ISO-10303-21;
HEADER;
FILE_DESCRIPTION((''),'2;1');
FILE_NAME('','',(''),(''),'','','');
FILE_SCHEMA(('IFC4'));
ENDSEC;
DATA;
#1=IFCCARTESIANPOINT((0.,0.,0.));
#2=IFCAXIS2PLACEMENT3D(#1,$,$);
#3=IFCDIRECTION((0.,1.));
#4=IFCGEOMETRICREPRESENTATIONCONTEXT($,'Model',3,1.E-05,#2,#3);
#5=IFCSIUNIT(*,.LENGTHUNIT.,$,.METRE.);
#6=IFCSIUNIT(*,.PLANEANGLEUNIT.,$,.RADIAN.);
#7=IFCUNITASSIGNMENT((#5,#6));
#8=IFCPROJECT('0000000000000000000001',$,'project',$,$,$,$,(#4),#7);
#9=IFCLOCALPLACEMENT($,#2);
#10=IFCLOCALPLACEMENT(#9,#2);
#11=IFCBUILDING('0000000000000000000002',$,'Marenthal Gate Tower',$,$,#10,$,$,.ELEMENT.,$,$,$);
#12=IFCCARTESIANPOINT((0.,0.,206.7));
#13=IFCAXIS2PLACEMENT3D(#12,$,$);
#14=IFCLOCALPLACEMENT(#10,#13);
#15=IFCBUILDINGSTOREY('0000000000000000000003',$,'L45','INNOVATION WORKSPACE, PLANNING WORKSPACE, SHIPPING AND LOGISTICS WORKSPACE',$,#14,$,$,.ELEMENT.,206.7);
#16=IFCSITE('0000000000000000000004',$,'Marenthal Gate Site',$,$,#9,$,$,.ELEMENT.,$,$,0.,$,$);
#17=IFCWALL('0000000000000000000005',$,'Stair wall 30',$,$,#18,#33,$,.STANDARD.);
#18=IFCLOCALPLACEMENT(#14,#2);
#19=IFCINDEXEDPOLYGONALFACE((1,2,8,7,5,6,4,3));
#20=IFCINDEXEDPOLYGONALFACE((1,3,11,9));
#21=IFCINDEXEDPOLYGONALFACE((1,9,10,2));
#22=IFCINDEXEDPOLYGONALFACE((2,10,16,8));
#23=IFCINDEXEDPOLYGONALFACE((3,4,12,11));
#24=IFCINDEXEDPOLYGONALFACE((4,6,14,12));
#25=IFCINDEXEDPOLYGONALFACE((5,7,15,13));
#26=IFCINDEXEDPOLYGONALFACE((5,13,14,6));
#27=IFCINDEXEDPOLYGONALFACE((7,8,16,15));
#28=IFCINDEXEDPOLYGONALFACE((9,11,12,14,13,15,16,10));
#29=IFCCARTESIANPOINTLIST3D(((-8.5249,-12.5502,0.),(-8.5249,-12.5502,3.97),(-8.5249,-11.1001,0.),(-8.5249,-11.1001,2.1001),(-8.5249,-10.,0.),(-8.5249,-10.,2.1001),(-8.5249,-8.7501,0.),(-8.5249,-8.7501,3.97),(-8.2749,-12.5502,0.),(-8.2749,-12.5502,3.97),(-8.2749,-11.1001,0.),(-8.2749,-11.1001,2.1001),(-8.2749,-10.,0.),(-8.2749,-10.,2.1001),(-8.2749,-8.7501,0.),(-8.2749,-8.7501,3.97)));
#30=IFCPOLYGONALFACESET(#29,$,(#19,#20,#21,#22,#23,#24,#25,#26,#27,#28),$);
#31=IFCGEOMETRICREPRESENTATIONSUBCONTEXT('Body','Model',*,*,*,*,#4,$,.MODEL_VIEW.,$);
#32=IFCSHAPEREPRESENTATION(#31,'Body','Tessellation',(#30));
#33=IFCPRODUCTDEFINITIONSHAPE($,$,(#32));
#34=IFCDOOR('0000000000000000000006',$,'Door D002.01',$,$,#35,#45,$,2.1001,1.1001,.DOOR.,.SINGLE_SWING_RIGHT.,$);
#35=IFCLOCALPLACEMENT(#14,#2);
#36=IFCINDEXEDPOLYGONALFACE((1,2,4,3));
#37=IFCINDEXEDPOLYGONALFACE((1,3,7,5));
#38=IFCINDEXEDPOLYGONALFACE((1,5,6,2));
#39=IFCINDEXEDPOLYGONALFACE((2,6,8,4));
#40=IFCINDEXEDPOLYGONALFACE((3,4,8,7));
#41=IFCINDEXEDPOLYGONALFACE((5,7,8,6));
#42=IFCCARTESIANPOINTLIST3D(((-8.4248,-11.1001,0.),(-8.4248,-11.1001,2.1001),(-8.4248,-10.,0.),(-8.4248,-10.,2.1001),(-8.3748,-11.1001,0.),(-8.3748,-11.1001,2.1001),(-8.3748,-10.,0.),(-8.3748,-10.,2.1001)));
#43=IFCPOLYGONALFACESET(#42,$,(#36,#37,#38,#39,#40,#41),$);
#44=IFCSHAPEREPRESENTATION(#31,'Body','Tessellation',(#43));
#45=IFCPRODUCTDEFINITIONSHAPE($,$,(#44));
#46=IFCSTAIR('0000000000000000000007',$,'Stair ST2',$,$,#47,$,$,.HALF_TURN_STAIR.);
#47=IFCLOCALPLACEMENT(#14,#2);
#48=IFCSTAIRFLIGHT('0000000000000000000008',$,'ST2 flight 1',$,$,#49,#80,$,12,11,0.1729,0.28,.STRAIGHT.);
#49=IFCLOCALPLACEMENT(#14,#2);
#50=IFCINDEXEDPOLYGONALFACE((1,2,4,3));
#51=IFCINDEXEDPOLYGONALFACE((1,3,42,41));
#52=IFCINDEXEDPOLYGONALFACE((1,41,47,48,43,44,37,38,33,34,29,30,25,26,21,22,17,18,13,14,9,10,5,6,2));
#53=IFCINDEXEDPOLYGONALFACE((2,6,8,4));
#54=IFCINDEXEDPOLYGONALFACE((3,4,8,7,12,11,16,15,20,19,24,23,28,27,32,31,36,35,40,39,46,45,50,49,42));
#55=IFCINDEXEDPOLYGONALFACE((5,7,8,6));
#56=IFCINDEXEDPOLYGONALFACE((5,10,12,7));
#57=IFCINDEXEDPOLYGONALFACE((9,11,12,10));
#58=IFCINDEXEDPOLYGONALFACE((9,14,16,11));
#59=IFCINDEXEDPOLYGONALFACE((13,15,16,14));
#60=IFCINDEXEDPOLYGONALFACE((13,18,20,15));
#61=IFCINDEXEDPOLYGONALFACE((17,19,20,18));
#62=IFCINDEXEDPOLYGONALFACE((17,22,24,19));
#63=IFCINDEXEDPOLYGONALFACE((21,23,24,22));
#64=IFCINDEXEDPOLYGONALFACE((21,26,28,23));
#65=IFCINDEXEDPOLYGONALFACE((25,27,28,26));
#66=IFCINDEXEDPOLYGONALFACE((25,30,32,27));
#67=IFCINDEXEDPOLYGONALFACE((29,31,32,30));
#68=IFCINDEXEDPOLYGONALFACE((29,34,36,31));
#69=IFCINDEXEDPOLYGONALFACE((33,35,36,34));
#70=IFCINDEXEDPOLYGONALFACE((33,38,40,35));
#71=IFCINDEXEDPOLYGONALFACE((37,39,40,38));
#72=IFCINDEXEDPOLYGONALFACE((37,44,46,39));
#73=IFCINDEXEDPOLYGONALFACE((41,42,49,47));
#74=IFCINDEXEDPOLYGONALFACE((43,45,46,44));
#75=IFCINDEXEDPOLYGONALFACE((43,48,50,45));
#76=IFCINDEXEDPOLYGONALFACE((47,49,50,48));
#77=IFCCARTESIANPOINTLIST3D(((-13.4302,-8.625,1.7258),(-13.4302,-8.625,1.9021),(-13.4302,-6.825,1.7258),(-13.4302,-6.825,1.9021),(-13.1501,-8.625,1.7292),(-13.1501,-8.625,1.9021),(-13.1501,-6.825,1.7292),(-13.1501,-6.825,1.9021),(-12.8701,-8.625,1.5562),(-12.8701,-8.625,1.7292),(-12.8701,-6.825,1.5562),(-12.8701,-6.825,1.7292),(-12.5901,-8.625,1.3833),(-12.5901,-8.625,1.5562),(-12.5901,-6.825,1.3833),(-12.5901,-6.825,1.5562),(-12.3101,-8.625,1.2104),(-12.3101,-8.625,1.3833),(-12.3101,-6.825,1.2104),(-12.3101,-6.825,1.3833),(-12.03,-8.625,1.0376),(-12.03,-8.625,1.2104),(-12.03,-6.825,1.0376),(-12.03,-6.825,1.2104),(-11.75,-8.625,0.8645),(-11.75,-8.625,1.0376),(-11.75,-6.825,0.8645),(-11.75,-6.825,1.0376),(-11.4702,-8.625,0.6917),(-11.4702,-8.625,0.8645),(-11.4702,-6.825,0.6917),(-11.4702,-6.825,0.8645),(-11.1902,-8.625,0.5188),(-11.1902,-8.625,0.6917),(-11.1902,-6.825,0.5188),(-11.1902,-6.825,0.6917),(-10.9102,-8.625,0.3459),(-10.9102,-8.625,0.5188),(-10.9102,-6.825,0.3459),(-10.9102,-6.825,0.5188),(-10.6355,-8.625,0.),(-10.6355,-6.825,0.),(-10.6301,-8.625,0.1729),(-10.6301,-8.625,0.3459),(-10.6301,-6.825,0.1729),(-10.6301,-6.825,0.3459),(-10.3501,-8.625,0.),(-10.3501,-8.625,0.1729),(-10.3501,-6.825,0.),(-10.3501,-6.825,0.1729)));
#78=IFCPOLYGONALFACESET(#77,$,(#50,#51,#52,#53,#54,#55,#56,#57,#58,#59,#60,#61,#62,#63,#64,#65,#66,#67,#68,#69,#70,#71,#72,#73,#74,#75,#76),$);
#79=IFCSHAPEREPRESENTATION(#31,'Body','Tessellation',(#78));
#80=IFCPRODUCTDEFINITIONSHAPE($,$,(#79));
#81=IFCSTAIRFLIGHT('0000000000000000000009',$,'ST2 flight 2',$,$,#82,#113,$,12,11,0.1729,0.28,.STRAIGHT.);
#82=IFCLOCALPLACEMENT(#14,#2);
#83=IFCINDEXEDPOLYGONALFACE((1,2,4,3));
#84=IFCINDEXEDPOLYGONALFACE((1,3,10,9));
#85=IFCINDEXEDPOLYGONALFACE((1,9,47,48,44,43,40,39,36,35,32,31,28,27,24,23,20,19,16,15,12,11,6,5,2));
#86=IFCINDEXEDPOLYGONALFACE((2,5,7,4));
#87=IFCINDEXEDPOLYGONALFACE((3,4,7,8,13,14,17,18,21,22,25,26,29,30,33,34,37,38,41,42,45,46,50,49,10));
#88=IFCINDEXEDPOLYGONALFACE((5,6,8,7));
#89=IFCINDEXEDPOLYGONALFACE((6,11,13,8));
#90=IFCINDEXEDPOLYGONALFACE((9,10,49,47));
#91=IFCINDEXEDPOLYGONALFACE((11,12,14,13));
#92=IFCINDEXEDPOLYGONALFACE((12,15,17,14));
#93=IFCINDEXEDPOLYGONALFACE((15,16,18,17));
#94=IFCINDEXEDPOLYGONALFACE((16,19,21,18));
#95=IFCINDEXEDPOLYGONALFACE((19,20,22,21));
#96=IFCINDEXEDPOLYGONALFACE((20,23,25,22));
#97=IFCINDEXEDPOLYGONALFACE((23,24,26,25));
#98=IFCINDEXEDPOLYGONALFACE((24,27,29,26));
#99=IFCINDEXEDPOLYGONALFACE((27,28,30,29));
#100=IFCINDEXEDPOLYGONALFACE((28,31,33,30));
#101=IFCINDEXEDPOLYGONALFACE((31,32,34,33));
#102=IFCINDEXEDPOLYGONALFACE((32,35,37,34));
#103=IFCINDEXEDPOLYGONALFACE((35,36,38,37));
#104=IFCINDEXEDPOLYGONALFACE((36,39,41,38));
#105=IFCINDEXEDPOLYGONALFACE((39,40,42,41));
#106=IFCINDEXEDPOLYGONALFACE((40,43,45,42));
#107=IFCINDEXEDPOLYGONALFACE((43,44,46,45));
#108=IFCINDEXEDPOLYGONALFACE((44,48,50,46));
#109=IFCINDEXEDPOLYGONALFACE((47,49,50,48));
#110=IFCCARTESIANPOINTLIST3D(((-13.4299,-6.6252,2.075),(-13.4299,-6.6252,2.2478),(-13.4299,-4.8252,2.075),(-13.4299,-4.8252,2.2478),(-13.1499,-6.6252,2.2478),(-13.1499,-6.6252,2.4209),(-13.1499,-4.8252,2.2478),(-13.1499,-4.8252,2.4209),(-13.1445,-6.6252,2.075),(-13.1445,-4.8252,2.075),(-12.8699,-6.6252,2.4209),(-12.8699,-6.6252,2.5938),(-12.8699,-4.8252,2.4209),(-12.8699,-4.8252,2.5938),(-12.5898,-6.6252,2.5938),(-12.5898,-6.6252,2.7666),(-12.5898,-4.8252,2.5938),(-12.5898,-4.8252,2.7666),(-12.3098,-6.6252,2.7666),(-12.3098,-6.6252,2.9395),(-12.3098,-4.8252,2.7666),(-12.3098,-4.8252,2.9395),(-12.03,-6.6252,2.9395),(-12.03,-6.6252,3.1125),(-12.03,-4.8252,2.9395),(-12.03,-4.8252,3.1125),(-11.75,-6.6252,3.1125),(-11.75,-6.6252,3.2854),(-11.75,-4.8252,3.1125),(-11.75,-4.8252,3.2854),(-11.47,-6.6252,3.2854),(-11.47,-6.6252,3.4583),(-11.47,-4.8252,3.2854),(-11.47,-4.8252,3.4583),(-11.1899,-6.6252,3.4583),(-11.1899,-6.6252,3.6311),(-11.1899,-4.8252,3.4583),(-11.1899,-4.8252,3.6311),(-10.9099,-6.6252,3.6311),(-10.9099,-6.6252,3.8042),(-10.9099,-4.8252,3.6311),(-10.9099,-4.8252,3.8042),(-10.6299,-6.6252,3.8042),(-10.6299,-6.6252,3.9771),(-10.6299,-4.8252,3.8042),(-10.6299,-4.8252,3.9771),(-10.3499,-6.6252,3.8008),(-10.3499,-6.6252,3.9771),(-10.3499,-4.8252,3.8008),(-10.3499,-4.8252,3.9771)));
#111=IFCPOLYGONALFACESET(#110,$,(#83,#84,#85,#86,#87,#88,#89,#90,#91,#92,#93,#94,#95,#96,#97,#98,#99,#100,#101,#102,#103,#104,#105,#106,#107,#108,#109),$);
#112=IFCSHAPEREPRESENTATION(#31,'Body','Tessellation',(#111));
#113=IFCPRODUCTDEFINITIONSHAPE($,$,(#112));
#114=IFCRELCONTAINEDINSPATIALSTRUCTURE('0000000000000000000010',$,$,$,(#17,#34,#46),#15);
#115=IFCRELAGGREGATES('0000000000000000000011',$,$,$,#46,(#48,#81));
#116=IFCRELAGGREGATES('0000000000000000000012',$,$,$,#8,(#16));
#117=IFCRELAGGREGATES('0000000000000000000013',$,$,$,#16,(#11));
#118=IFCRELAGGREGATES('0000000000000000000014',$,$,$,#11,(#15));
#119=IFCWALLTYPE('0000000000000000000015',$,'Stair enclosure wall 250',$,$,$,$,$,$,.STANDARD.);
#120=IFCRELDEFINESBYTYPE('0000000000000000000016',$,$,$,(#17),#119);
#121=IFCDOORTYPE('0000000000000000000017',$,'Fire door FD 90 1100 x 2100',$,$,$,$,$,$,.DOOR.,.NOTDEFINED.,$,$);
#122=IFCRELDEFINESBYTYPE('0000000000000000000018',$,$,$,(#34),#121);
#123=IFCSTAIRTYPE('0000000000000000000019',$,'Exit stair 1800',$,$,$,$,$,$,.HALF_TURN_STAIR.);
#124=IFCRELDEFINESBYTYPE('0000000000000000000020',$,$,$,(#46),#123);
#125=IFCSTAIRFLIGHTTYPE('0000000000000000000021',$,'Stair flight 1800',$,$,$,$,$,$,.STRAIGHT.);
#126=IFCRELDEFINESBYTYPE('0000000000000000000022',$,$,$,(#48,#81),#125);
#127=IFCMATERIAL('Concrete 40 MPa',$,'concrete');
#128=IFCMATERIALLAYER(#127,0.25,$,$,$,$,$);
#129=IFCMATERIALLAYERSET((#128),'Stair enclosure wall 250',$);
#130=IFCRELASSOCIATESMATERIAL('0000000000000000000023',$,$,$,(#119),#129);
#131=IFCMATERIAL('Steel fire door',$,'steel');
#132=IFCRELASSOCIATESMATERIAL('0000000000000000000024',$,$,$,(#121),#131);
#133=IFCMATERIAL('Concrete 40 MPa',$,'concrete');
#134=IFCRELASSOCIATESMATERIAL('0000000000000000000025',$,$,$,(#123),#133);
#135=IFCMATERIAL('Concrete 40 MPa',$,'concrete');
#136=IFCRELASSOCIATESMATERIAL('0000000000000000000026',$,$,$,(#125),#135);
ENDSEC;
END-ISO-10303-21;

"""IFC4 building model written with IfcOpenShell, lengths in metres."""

from ifc_helpers import new_model, si_unit, direction, frame, frame_2d, origin, place, context, subcontext, project, spatial, polyline, rectangle, outline, extrude, material, layer, layer_set, type_object, element, fill, aggregate, save


model = new_model("IFC4")

# Units and contexts
model_context = context("Model", 3, precision=1e-05, world=origin(), true_north=direction((0.0, 1.0)))
body_context = subcontext(model_context, "Body", "Model", "MODEL_VIEW")
ifc_project = project(units=[si_unit("LENGTHUNIT", "METRE"), si_unit("PLANEANGLEUNIT", "RADIAN")], contexts=[model_context])

# Site, building, storey
site_placement = place(None, origin())
site = spatial("IfcSite", under=ifc_project, at=site_placement, Name="Marenthal Gate Site", CompositionType="ELEMENT", RefElevation=0.0)
building_placement = place(site_placement, origin())
building = spatial("IfcBuilding", under=site, at=building_placement, Name="Marenthal Gate Tower", CompositionType="ELEMENT")
storey_placement = place(building_placement, frame((0.0, 0.0, 206.7)))
storey = spatial("IfcBuildingStorey", under=building, at=storey_placement, Name="L45", Description="INNOVATION WORKSPACE, PLANNING WORKSPACE, SHIPPING AND LOGISTICS WORKSPACE", CompositionType="ELEMENT", Elevation=206.7)

# Shared definitions
ifc_material_1 = material(Name="Concrete 40 MPa", Category="concrete")
ifc_layer_1 = layer(ifc_material_1, 0.25)
ifc_layer_set_1 = layer_set([ifc_layer_1], Name="Stair enclosure wall 250")
wall_type_1 = type_object("IfcWallType", Name="Stair enclosure wall 250", PredefinedType="STANDARD", material=ifc_layer_set_1)

# Wall, opening, door
wall_1_placement = place(storey_placement, frame((-8.3999, -12.55, 0.0), z_axis=(0.0, 0.0, 1.0), x_axis=(0.0, 1.0, 0.0)))
wall_1 = element("IfcWall", 1, at=wall_1_placement, inside=storey, type_object=wall_type_1, Name="Stair wall 30", PredefinedType="STANDARD", context=body_context, shape_type="SweptSolid", body=[
    extrude(rectangle(XDim=3.8, YDim=0.25, at=frame_2d((1.8999, 0.0))), origin(), (0.0, 0.0, 1.0), 3.97),
])
opening_1_placement = place(wall_1_placement, frame((1.45, 0.0, 0.0)))
opening_1 = element("IfcOpeningElement", 2, at=opening_1_placement, cuts=wall_1, PredefinedType="OPENING", context=body_context, shape_type="SweptSolid", body=[
    extrude(rectangle(XDim=1.1001, YDim=2.1001, at=frame_2d((0.55, 1.05))), frame((0.0, 0.135, 0.0), z_axis=(0.0, -1.0, 0.0), x_axis=(1.0, 0.0, 0.0)), (0.0, 0.0, 1.0), 0.27),
])
ifc_material_2 = material(Name="Steel fire door", Category="steel")
door_type_1 = type_object("IfcDoorType", Name="Fire door FD 90 1100 x 2100", OperationType="NOTDEFINED", PredefinedType="DOOR", material=ifc_material_2)
door_1_placement = place(opening_1_placement, origin())
door_1 = element("IfcDoor", 3, at=door_1_placement, inside=storey, type_object=door_type_1, Name="Door D002.01", OperationType="SINGLE_SWING_RIGHT", OverallHeight=2.1001, OverallWidth=1.1001, PredefinedType="DOOR", context=body_context, shape_type="SweptSolid", body=[
    extrude(rectangle(XDim=1.1001, YDim=2.1001, at=frame_2d((0.55, 1.05))), frame((0.0, 0.0249, 0.0), z_axis=(0.0, -1.0, 0.0), x_axis=(1.0, 0.0, 0.0)), (0.0, 0.0, 1.0), 0.05),
])
fill(opening_1, door_1)

# Stair, stair flights
ifc_material_3 = material(Name="Concrete 40 MPa", Category="concrete")
stair_type = type_object("IfcStairType", Name="Exit stair 1800", PredefinedType="HALF_TURN_STAIR", material=ifc_material_3)
stair_placement = place(storey_placement, origin())
stair = element("IfcStair", 4, at=stair_placement, inside=storey, type_object=stair_type, Name="Stair ST2", PredefinedType="HALF_TURN_STAIR")
ifc_material_4 = material(Name="Concrete 40 MPa", Category="concrete")
stair_flight_type = type_object("IfcStairFlightType", Name="Stair flight 1800", PredefinedType="STRAIGHT", material=ifc_material_4)
stair_flight_1_placement = place(storey_placement, frame((-10.3501, -7.7251, 0.0), z_axis=(0.0, 0.0, 1.0), x_axis=(-1.0, 0.0, 0.0)))
stair_flight_1 = element("IfcStairFlight", 5, at=stair_flight_1_placement, type_object=stair_flight_type, Name="ST2 flight 1", NumberOfRisers=12, NumberOfTreads=11, PredefinedType="STRAIGHT", RiserHeight=0.1729, TreadLength=0.28, context=body_context, shape_type="SweptSolid", body=[
    extrude(outline(polyline([(0.0, 0.0), (0.0, 0.1729), (0.28, 0.1729), (0.28, 0.3459), (0.5601, 0.3459), (0.5601, 0.5188), (0.8401, 0.5188), (0.8401, 0.6917), (1.1201, 0.6917), (1.1201, 0.8645), (1.3999, 0.8645), (1.3999, 1.0376), (1.6799, 1.0376), (1.6799, 1.2104), (1.96, 1.2104), (1.96, 1.3833), (2.24, 1.3833), (2.24, 1.5562), (2.52, 1.5562), (2.52, 1.7292), (2.8, 1.7292), (2.8, 1.9021), (3.0801, 1.9021), (3.0801, 2.075), (3.0801, 1.7258), (0.2854, 0.0), (0.0, 0.0)])), frame((0.0, 0.8999, 0.0), z_axis=(0.0, -1.0, 0.0), x_axis=(1.0, 0.0, 0.0)), (0.0, 0.0, 1.0), 1.8),
])
stair_flight_2_placement = place(storey_placement, frame((-13.4299, -5.7251, 2.075), z_axis=(0.0, 0.0, 1.0), x_axis=(1.0, 0.0, 0.0)))
stair_flight_2 = element("IfcStairFlight", 6, at=stair_flight_2_placement, type_object=stair_flight_type, Name="ST2 flight 2", NumberOfRisers=12, NumberOfTreads=11, PredefinedType="STRAIGHT", RiserHeight=0.1729, TreadLength=0.28, context=body_context, shape_type="SweptSolid", body=[
    extrude(outline(polyline([(0.0, 0.0), (0.0, 0.1729), (0.28, 0.1729), (0.28, 0.3459), (0.5601, 0.3459), (0.5601, 0.5188), (0.8401, 0.5188), (0.8401, 0.6917), (1.1201, 0.6917), (1.1201, 0.8645), (1.3999, 0.8645), (1.3999, 1.0376), (1.6799, 1.0376), (1.6799, 1.2104), (1.96, 1.2104), (1.96, 1.3833), (2.24, 1.3833), (2.24, 1.5562), (2.52, 1.5562), (2.52, 1.7292), (2.8, 1.7292), (2.8, 1.9021), (3.0801, 1.9021), (3.0801, 2.075), (3.0801, 1.7258), (0.2854, 0.0), (0.0, 0.0)])), frame((0.0, 0.8999, 0.0), z_axis=(0.0, -1.0, 0.0), x_axis=(1.0, 0.0, 0.0)), (0.0, 0.0, 1.0), 1.8),
])
aggregate(stair, [stair_flight_1, stair_flight_2])

save(model, "model.ifc")
